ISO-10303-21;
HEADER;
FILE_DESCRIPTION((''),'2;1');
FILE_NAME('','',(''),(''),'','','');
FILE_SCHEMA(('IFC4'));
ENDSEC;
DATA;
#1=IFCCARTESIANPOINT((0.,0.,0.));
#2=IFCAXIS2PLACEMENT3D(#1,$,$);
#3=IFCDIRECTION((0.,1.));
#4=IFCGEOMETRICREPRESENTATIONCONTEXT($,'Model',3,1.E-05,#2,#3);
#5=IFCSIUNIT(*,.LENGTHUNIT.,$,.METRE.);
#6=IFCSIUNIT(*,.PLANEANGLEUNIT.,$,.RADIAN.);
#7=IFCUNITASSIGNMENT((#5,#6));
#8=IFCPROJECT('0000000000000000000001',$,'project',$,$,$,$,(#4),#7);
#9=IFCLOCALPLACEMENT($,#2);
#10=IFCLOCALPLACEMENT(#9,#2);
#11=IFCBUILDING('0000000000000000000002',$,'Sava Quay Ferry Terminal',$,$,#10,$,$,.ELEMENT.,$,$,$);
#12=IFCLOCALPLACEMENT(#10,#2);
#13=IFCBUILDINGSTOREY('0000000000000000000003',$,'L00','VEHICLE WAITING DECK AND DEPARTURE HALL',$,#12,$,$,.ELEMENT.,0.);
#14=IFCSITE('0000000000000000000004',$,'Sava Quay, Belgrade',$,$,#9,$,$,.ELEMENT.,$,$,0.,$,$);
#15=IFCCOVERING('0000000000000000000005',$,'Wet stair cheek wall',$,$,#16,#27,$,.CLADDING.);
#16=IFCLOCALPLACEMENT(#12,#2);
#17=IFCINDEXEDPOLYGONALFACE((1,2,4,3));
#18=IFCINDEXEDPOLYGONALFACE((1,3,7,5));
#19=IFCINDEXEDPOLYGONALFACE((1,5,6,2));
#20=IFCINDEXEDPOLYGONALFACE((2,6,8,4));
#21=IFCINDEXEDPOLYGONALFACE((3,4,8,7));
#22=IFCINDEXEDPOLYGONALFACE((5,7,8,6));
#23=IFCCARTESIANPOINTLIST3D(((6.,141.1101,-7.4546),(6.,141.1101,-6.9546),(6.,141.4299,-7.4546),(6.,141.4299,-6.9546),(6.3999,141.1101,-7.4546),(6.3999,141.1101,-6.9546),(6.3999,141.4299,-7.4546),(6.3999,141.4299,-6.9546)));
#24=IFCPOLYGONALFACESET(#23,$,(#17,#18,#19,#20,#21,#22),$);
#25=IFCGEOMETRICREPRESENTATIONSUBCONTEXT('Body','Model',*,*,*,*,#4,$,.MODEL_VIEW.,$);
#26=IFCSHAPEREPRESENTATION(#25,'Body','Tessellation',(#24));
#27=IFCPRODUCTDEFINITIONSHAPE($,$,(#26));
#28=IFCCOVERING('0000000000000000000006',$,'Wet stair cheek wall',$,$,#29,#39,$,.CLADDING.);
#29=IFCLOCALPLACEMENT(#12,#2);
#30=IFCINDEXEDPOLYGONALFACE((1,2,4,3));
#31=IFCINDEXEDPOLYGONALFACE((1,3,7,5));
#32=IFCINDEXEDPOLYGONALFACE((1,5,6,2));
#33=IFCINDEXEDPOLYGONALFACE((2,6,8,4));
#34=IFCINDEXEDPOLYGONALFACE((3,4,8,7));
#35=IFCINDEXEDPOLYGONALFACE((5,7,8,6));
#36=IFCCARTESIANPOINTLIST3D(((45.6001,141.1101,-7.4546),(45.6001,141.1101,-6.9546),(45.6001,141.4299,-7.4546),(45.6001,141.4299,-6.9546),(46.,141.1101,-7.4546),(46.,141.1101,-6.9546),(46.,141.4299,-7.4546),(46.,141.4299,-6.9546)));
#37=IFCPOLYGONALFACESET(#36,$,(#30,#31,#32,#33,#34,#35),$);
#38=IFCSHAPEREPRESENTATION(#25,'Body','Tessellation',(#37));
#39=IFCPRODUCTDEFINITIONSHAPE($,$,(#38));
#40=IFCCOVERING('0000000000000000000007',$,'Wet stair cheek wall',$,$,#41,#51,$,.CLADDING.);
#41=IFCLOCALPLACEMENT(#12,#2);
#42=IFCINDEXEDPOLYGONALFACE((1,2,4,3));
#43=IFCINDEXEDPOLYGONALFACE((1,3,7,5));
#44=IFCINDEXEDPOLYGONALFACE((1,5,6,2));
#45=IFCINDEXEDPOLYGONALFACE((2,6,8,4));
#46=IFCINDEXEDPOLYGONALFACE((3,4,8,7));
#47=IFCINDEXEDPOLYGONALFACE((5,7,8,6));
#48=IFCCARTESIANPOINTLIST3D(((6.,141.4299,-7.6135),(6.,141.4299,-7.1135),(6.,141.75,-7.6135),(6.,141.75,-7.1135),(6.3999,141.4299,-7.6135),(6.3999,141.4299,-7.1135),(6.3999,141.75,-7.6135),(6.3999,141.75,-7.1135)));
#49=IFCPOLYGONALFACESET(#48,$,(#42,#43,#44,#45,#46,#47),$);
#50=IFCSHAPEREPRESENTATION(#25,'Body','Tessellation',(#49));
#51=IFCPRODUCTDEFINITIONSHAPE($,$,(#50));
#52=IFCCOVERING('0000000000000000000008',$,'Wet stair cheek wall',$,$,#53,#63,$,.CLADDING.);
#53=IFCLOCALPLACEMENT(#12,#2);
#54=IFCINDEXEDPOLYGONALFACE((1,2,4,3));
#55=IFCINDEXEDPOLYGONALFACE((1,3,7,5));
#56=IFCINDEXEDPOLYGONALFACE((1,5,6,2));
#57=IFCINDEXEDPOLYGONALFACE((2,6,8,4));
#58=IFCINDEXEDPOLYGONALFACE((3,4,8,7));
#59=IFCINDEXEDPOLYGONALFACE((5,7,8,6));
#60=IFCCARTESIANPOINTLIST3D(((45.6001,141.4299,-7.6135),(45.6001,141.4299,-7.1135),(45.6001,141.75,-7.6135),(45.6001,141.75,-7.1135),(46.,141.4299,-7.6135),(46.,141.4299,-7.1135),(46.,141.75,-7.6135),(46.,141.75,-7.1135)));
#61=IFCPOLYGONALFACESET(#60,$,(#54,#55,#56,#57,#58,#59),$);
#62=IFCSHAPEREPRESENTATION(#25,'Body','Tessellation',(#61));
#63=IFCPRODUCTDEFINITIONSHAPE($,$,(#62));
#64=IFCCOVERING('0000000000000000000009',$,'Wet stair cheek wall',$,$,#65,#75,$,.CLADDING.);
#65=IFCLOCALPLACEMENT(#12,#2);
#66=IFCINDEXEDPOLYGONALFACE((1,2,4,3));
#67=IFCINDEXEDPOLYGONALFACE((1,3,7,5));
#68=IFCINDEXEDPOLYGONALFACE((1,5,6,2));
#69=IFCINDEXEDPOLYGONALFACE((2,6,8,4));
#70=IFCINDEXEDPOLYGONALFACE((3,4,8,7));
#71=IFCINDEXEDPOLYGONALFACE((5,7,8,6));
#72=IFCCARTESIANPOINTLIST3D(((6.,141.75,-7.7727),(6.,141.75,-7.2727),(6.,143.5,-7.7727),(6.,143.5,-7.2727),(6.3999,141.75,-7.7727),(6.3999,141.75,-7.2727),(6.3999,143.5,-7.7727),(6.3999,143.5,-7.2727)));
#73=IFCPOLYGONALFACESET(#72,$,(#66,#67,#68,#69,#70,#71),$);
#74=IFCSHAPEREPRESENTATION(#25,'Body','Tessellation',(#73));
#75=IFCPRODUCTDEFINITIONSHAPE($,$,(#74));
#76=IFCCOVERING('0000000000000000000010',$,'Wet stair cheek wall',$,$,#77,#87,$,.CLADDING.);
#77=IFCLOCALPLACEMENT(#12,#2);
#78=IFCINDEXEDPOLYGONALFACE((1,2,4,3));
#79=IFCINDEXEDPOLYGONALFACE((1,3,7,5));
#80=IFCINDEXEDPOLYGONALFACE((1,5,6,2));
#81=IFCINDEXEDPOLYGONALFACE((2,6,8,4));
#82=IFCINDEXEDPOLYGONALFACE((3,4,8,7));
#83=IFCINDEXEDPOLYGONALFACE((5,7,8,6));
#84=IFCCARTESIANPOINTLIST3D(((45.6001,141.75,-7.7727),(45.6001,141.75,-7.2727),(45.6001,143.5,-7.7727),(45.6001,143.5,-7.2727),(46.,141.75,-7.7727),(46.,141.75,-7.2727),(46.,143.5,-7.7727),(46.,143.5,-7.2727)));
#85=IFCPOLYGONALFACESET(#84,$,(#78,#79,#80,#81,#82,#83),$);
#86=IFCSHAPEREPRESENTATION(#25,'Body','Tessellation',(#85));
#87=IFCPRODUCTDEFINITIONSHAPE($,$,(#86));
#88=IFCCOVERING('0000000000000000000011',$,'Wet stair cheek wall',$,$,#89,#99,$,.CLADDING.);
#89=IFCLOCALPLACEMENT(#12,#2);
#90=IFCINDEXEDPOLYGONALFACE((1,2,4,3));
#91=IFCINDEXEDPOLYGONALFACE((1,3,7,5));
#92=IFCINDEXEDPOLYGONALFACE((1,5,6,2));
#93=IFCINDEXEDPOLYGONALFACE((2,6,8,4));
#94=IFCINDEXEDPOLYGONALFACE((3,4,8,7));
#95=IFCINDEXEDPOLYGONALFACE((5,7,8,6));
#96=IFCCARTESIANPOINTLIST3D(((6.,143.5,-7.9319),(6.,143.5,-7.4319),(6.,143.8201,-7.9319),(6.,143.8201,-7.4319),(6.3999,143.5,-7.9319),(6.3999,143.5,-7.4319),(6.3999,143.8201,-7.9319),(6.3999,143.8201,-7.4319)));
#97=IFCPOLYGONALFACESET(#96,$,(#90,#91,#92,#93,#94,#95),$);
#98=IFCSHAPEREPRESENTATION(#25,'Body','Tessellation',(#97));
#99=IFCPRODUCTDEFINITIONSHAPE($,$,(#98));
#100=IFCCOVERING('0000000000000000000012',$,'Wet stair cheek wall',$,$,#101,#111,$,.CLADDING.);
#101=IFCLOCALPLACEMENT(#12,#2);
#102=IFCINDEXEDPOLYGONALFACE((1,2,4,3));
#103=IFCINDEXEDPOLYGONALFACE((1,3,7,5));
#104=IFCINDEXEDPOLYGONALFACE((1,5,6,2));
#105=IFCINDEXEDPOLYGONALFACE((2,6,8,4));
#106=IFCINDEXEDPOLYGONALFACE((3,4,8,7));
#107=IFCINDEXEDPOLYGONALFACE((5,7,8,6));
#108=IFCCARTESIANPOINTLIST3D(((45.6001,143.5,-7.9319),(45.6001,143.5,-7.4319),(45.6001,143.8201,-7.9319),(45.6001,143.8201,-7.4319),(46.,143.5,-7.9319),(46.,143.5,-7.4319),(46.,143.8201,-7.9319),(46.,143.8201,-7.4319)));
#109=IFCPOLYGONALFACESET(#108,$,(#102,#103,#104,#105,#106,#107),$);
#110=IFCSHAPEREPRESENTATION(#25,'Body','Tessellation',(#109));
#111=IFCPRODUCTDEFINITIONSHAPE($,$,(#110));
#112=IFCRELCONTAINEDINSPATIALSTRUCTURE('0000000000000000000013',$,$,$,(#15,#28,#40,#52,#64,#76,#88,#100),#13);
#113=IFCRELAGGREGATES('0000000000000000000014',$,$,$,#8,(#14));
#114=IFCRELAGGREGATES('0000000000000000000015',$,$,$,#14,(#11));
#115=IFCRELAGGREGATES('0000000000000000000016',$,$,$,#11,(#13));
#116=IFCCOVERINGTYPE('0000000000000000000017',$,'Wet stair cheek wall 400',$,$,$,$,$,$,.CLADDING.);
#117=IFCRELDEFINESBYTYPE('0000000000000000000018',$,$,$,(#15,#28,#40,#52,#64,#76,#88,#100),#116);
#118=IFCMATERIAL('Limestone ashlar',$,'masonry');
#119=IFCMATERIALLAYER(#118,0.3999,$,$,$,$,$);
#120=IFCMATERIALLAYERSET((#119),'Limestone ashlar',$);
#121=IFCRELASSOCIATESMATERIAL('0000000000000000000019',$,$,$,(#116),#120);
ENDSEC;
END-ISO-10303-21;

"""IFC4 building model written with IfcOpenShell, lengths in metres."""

from ifc_helpers import new_model, si_unit, direction, frame, origin, place, context, subcontext, project, spatial, polyline, outline, extrude, material, layer, layer_set, type_object, element, save


model = new_model("IFC4")

# Units and contexts
model_context = context("Model", 3, precision=1e-05, world=origin(), true_north=direction((0.0, 1.0)))
body_context = subcontext(model_context, "Body", "Model", "MODEL_VIEW")
ifc_project = project(units=[si_unit("LENGTHUNIT", "METRE"), si_unit("PLANEANGLEUNIT", "RADIAN")], contexts=[model_context])

# Site, building, storey
site_placement = place(None, origin())
site = spatial("IfcSite", under=ifc_project, at=site_placement, Name="Sava Quay, Belgrade", CompositionType="ELEMENT", RefElevation=0.0)
building_placement = place(site_placement, origin())
building = spatial("IfcBuilding", under=site, at=building_placement, Name="Sava Quay Ferry Terminal", CompositionType="ELEMENT")
storey_placement = place(building_placement, origin())
storey = spatial("IfcBuildingStorey", under=building, at=storey_placement, Name="L00", Description="VEHICLE WAITING DECK AND DEPARTURE HALL", CompositionType="ELEMENT", Elevation=0.0)

# Coverings
ifc_material_1 = material(Name="Limestone ashlar", Category="masonry")
ifc_layer_1 = layer(ifc_material_1, 0.3999)
ifc_layer_set_1 = layer_set([ifc_layer_1], Name="Limestone ashlar")
covering_type_1 = type_object("IfcCoveringType", Name="Wet stair cheek wall 400", PredefinedType="CLADDING", material=ifc_layer_set_1)
covering_1_placement = place(storey_placement, frame((0.0, 0.0, -7.4546)))
element("IfcCovering", 1, at=covering_1_placement, inside=storey, type_object=covering_type_1, Name="Wet stair cheek wall", PredefinedType="CLADDING", context=body_context, shape_type="SweptSolid", body=[
    extrude(outline(polyline([(6.0, 141.1101), (6.3999, 141.1101), (6.3999, 141.4299), (6.0, 141.4299), (6.0, 141.1101)])), origin(), (0.0, 0.0, 1.0), 0.5),
])
covering_2_placement = place(storey_placement, frame((0.0, 0.0, -7.4546)))
element("IfcCovering", 2, at=covering_2_placement, inside=storey, type_object=covering_type_1, Name="Wet stair cheek wall", PredefinedType="CLADDING", context=body_context, shape_type="SweptSolid", body=[
    extrude(outline(polyline([(45.6001, 141.1101), (46.0, 141.1101), (46.0, 141.4299), (45.6001, 141.4299), (45.6001, 141.1101)])), origin(), (0.0, 0.0, 1.0), 0.5),
])
covering_3_placement = place(storey_placement, frame((0.0, 0.0, -7.6135)))
element("IfcCovering", 3, at=covering_3_placement, inside=storey, type_object=covering_type_1, Name="Wet stair cheek wall", PredefinedType="CLADDING", context=body_context, shape_type="SweptSolid", body=[
    extrude(outline(polyline([(6.0, 141.4299), (6.3999, 141.4299), (6.3999, 141.75), (6.0, 141.75), (6.0, 141.4299)])), origin(), (0.0, 0.0, 1.0), 0.5),
])
covering_4_placement = place(storey_placement, frame((0.0, 0.0, -7.6135)))
element("IfcCovering", 4, at=covering_4_placement, inside=storey, type_object=covering_type_1, Name="Wet stair cheek wall", PredefinedType="CLADDING", context=body_context, shape_type="SweptSolid", body=[
    extrude(outline(polyline([(45.6001, 141.4299), (46.0, 141.4299), (46.0, 141.75), (45.6001, 141.75), (45.6001, 141.4299)])), origin(), (0.0, 0.0, 1.0), 0.5),
])
covering_5_placement = place(storey_placement, frame((0.0, 0.0, -7.7727)))
element("IfcCovering", 5, at=covering_5_placement, inside=storey, type_object=covering_type_1, Name="Wet stair cheek wall", PredefinedType="CLADDING", context=body_context, shape_type="SweptSolid", body=[
    extrude(outline(polyline([(6.0, 141.75), (6.3999, 141.75), (6.3999, 143.5), (6.0, 143.5), (6.0, 141.75)])), origin(), (0.0, 0.0, 1.0), 0.5),
])
covering_6_placement = place(storey_placement, frame((0.0, 0.0, -7.7727)))
element("IfcCovering", 6, at=covering_6_placement, inside=storey, type_object=covering_type_1, Name="Wet stair cheek wall", PredefinedType="CLADDING", context=body_context, shape_type="SweptSolid", body=[
    extrude(outline(polyline([(45.6001, 141.75), (46.0, 141.75), (46.0, 143.5), (45.6001, 143.5), (45.6001, 141.75)])), origin(), (0.0, 0.0, 1.0), 0.5),
])
covering_7_placement = place(storey_placement, frame((0.0, 0.0, -7.9319)))
element("IfcCovering", 7, at=covering_7_placement, inside=storey, type_object=covering_type_1, Name="Wet stair cheek wall", PredefinedType="CLADDING", context=body_context, shape_type="SweptSolid", body=[
    extrude(outline(polyline([(6.0, 143.5), (6.3999, 143.5), (6.3999, 143.8201), (6.0, 143.8201), (6.0, 143.5)])), origin(), (0.0, 0.0, 1.0), 0.5),
])
covering_8_placement = place(storey_placement, frame((0.0, 0.0, -7.9319)))
element("IfcCovering", 8, at=covering_8_placement, inside=storey, type_object=covering_type_1, Name="Wet stair cheek wall", PredefinedType="CLADDING", context=body_context, shape_type="SweptSolid", body=[
    extrude(outline(polyline([(45.6001, 143.5), (46.0, 143.5), (46.0, 143.8201), (45.6001, 143.8201), (45.6001, 143.5)])), origin(), (0.0, 0.0, 1.0), 0.5),
])

save(model, "model.ifc")
